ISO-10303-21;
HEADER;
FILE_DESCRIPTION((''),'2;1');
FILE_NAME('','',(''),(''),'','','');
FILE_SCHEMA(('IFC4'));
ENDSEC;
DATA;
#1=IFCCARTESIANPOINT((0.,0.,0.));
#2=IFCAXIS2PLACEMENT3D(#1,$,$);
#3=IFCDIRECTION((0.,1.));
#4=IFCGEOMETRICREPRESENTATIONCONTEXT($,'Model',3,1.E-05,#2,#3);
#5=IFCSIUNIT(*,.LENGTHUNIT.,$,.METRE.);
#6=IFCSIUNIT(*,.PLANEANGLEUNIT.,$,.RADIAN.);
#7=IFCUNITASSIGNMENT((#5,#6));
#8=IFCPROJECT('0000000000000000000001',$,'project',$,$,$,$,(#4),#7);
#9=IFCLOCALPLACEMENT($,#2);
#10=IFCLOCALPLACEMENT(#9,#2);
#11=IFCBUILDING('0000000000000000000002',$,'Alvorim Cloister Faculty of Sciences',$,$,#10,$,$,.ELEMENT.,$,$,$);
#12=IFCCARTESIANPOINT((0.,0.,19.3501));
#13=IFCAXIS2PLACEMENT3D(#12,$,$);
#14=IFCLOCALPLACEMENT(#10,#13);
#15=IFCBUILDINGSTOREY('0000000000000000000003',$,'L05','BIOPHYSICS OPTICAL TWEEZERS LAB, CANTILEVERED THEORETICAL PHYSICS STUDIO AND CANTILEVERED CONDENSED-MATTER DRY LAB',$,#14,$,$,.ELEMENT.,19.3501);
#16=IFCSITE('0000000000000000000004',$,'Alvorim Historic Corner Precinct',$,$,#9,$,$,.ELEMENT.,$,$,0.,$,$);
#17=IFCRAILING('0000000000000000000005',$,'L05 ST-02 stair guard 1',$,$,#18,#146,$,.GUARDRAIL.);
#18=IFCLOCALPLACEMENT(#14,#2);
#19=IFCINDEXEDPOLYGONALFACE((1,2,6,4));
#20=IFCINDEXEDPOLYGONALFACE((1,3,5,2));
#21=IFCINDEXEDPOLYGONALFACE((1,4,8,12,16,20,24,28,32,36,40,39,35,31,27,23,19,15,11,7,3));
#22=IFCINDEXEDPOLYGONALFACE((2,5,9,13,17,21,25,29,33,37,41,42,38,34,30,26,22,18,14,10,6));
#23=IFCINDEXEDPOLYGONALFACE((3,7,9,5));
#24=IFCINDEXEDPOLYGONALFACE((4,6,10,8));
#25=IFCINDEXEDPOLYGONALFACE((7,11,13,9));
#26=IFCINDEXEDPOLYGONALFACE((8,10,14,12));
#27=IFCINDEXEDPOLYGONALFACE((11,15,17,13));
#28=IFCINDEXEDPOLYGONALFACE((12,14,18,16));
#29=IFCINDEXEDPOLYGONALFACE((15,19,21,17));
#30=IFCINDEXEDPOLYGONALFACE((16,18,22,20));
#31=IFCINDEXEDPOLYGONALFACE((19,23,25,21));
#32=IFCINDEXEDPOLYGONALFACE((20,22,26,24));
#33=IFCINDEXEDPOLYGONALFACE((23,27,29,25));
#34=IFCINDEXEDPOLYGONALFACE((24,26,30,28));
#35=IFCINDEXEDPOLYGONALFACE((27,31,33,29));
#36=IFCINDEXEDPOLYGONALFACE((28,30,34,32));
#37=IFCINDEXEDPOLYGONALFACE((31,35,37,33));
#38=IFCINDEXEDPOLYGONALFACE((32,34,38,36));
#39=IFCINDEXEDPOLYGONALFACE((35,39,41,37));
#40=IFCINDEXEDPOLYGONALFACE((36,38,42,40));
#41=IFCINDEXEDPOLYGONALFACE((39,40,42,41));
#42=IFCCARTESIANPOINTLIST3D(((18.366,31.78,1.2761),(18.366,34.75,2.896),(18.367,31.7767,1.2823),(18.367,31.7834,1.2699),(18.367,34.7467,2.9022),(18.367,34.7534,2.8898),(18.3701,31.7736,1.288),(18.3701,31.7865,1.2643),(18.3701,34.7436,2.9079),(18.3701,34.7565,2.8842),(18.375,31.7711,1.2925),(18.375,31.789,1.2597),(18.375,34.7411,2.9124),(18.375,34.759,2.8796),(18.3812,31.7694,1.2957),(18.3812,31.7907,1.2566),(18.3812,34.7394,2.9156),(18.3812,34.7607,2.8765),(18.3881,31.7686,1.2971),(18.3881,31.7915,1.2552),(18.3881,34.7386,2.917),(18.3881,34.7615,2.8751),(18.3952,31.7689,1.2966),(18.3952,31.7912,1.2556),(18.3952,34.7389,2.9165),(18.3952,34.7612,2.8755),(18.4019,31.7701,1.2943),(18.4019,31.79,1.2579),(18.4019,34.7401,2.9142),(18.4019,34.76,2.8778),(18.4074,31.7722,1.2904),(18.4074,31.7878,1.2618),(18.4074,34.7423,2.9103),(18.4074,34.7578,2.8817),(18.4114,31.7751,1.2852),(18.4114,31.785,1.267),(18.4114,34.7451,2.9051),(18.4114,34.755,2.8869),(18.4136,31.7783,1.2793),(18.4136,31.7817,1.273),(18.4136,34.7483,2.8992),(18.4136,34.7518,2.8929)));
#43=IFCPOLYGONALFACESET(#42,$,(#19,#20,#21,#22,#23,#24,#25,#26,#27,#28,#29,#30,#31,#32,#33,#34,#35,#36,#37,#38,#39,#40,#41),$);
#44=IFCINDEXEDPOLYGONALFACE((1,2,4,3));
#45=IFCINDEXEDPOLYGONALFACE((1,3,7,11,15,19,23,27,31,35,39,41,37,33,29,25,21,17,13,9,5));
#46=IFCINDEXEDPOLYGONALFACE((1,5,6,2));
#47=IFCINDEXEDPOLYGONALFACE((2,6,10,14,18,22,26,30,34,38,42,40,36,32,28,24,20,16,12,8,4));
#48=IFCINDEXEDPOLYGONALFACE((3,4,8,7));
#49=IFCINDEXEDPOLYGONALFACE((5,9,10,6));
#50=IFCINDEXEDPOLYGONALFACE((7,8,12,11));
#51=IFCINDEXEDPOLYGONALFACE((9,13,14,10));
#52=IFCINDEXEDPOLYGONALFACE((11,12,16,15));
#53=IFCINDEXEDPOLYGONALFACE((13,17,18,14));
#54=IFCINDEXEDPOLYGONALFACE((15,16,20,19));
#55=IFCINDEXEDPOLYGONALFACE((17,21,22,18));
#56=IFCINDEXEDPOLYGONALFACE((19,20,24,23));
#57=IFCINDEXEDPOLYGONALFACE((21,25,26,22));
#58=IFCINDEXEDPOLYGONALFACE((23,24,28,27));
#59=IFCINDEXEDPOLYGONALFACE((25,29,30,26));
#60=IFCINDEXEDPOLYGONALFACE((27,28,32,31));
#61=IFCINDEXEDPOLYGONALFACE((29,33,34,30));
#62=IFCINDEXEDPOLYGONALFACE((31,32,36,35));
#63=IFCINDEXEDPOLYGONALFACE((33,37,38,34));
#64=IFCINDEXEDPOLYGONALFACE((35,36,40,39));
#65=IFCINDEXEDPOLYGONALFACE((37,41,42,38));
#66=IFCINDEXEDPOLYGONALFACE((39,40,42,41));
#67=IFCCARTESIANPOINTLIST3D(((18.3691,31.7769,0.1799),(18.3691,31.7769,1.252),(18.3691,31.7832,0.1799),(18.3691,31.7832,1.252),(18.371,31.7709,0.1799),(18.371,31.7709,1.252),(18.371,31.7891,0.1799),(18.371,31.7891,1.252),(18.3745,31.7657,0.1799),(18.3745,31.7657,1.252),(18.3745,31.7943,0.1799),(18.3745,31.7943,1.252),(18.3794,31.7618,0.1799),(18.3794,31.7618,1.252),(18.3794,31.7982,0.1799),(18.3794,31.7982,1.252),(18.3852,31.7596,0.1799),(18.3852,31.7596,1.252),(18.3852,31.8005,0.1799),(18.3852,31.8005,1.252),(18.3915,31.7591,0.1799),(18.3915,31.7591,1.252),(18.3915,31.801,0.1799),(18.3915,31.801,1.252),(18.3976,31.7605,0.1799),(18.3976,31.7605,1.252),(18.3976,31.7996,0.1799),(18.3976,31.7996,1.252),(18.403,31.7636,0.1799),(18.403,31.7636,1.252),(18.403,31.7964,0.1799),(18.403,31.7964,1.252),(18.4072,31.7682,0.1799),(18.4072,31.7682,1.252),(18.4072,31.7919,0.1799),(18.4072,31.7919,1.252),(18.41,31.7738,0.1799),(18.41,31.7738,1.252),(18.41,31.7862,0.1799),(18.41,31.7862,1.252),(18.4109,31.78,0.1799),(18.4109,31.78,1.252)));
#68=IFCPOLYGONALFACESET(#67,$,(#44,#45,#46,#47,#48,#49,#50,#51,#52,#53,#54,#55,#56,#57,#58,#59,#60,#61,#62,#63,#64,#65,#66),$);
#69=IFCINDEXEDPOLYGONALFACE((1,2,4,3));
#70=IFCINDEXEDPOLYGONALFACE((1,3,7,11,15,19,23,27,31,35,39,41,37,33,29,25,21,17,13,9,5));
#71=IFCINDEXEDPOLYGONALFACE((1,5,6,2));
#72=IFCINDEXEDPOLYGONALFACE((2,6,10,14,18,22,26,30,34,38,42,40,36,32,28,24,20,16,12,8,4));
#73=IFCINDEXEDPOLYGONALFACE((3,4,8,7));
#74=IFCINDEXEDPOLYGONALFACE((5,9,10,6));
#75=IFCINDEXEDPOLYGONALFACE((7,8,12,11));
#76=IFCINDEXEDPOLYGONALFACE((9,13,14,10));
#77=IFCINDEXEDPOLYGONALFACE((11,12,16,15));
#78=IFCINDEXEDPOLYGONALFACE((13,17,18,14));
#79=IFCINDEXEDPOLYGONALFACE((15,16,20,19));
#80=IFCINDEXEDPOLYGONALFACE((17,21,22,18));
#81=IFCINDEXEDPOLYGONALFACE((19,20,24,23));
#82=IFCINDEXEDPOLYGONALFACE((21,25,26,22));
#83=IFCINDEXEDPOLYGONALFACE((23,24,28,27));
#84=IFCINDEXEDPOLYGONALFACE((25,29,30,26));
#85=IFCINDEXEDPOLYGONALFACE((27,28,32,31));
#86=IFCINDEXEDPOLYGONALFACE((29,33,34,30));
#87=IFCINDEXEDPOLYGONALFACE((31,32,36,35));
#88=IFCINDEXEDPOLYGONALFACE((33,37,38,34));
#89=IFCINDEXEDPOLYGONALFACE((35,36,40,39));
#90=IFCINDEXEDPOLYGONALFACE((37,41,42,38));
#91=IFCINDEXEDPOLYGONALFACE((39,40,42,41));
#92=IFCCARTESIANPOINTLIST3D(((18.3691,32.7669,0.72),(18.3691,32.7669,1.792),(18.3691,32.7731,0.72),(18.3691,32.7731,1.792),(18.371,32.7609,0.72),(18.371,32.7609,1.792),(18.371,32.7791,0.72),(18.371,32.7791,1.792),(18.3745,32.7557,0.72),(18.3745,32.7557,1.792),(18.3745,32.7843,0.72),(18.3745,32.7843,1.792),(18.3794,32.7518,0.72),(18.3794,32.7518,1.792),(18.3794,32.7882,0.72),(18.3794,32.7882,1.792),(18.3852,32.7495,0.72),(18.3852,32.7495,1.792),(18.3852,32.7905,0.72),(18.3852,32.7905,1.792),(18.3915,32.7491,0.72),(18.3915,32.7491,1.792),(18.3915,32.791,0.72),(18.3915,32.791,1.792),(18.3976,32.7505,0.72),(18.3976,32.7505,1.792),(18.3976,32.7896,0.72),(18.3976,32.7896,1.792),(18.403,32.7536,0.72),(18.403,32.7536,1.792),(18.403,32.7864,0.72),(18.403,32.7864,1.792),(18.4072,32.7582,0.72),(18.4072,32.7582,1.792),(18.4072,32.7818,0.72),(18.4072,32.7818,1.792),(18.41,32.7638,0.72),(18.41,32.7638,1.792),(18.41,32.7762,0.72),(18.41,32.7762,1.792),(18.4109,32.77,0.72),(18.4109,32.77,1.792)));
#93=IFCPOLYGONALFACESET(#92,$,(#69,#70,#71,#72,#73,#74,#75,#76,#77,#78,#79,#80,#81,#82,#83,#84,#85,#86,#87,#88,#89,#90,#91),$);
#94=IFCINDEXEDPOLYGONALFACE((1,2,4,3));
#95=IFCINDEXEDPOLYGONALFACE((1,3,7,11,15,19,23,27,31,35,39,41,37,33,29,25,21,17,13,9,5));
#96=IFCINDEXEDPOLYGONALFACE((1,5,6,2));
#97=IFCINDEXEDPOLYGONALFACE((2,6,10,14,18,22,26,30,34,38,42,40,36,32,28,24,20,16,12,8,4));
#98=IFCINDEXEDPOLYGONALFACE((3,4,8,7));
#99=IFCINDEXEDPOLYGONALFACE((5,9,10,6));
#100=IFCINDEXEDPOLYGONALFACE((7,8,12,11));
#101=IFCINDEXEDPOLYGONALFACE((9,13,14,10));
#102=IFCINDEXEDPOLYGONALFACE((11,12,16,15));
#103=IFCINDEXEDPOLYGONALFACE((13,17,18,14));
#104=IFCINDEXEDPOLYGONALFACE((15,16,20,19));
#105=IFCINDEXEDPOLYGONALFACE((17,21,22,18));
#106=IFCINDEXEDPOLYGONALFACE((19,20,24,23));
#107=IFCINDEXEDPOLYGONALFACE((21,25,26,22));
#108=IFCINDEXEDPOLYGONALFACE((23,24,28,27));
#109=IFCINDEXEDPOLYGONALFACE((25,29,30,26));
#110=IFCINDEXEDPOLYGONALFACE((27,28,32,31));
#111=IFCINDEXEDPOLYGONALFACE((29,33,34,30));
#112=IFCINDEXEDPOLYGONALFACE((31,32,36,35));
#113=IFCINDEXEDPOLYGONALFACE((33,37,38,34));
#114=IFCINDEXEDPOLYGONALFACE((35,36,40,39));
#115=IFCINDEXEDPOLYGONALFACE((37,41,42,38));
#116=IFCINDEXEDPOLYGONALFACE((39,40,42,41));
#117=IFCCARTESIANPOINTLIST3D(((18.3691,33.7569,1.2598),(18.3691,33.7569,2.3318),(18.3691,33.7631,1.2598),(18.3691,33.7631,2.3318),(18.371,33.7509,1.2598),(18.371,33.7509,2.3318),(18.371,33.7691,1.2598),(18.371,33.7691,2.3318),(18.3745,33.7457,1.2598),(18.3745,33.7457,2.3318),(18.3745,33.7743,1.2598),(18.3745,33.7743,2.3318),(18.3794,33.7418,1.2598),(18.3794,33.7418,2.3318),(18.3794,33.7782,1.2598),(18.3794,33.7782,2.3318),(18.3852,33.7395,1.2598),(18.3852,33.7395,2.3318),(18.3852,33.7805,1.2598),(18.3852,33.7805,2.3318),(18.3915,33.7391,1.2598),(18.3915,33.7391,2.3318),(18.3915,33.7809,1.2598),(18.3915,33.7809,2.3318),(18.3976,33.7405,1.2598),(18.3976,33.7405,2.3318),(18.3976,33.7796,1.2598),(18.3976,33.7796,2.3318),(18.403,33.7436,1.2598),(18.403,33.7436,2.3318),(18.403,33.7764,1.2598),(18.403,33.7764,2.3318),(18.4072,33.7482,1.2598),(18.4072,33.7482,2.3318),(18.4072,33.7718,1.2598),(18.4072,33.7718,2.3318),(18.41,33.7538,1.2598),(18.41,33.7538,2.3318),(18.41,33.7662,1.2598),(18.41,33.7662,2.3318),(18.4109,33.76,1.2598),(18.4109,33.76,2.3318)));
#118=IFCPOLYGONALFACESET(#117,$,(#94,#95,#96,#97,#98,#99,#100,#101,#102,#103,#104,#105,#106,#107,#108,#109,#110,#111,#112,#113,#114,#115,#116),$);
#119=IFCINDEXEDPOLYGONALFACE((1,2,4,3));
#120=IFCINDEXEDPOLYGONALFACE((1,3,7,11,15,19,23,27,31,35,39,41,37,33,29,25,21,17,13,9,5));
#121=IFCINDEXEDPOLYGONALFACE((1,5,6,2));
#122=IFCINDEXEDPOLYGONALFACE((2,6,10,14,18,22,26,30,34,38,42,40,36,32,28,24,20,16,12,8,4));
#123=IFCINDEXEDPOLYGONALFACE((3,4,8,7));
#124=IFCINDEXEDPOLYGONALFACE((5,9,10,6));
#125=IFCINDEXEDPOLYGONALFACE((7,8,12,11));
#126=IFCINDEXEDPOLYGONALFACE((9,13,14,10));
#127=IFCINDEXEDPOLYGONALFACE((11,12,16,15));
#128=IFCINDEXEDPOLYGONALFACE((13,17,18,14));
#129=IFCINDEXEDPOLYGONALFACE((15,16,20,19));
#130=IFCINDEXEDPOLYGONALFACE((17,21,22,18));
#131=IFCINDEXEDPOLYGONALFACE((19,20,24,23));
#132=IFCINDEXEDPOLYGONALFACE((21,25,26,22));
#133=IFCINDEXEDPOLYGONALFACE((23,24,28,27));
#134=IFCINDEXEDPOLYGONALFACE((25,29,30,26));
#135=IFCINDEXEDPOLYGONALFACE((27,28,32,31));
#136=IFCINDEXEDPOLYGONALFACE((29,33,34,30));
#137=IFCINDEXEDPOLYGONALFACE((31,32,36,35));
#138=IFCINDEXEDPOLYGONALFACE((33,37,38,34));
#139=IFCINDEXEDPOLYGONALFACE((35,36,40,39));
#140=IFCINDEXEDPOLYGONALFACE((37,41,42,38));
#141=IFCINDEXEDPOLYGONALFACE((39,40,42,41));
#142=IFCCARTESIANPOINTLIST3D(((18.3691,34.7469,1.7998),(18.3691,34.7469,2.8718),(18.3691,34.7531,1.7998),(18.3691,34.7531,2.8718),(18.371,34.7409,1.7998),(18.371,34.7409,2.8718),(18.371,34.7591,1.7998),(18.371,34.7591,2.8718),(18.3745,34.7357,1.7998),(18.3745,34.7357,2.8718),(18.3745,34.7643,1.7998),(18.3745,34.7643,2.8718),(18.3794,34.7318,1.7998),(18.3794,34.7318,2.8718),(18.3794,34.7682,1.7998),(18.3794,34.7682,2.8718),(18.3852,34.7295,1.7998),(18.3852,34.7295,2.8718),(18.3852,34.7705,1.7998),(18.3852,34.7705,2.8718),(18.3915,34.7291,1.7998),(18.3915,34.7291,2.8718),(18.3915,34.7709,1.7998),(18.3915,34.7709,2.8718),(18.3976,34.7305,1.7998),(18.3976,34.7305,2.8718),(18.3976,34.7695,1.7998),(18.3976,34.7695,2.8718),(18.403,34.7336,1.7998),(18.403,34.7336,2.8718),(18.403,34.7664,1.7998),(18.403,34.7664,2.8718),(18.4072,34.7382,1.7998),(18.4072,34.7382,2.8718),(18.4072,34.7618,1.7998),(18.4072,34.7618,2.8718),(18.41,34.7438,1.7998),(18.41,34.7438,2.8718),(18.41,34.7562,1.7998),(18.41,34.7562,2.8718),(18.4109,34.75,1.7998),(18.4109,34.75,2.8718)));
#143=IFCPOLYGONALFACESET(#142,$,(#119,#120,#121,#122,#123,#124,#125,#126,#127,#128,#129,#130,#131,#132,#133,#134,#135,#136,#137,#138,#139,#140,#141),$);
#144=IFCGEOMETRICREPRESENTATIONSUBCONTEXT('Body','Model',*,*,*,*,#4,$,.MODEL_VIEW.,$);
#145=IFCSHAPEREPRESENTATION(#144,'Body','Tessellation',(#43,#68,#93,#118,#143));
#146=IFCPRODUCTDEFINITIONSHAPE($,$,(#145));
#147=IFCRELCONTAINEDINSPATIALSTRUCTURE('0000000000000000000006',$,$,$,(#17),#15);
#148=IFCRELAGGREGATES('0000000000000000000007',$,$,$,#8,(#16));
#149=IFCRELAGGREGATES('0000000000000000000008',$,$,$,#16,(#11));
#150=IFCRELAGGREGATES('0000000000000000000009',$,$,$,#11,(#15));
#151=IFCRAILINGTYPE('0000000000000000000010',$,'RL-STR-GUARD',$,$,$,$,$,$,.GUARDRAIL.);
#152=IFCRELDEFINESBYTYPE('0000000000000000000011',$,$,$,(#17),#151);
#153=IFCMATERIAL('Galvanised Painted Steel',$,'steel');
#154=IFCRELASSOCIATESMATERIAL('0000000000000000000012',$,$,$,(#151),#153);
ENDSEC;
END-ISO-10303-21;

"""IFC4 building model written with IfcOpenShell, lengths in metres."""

from ifc_helpers import new_model, si_unit, direction, frame, origin, origin_2d, place, context, subcontext, project, spatial, circle, extrude, material, type_object, element, save


model = new_model("IFC4")

# Units and contexts
model_context = context("Model", 3, precision=1e-05, world=origin(), true_north=direction((0.0, 1.0)))
body_context = subcontext(model_context, "Body", "Model", "MODEL_VIEW")
ifc_project = project(units=[si_unit("LENGTHUNIT", "METRE"), si_unit("PLANEANGLEUNIT", "RADIAN")], contexts=[model_context])

# Site, building, storey
site_placement = place(None, origin())
site = spatial("IfcSite", under=ifc_project, at=site_placement, Name="Alvorim Historic Corner Precinct", CompositionType="ELEMENT", RefElevation=0.0)
building_placement = place(site_placement, origin())
building = spatial("IfcBuilding", under=site, at=building_placement, Name="Alvorim Cloister Faculty of Sciences", CompositionType="ELEMENT")
storey_placement = place(building_placement, frame((0.0, 0.0, 19.3501)))
storey = spatial("IfcBuildingStorey", under=building, at=storey_placement, Name="L05", Description="BIOPHYSICS OPTICAL TWEEZERS LAB, CANTILEVERED THEORETICAL PHYSICS STUDIO AND CANTILEVERED CONDENSED-MATTER DRY LAB", CompositionType="ELEMENT", Elevation=19.3501)

# Railing
ifc_material_1 = material(Name="Galvanised Painted Steel", Category="steel")
railing_type_1 = type_object("IfcRailingType", Name="RL-STR-GUARD", PredefinedType="GUARDRAIL", material=ifc_material_1)
railing_1_placement = place(storey_placement, frame((18.3899, 31.78, 0.1799)))
element("IfcRailing", 1, at=railing_1_placement, inside=storey, type_object=railing_type_1, Name="L05 ST-02 stair guard 1", PredefinedType="GUARDRAIL", context=body_context, shape_type="SweptSolid", body=[
    extrude(circle(Radius=0.0239, at=origin_2d()), frame((0.0, 0.0, 1.0962), z_axis=(0.0, 0.877909, 0.478827), x_axis=(-1.0, 0.0, 0.0)), (0.0, 0.0, 1.0), 3.3831),
    extrude(circle(Radius=0.021, at=origin_2d()), origin(), (0.0, 0.0, 1.0), 1.072),
    extrude(circle(Radius=0.021, at=origin_2d()), frame((0.0, 0.99, 0.54)), (0.0, 0.0, 1.0), 1.072),
    extrude(circle(Radius=0.021, at=origin_2d()), frame((0.0, 1.98, 1.0798)), (0.0, 0.0, 1.0), 1.072),
    extrude(circle(Radius=0.021, at=origin_2d()), frame((0.0, 2.97, 1.6199)), (0.0, 0.0, 1.0), 1.072),
])

save(model, "model.ifc")
